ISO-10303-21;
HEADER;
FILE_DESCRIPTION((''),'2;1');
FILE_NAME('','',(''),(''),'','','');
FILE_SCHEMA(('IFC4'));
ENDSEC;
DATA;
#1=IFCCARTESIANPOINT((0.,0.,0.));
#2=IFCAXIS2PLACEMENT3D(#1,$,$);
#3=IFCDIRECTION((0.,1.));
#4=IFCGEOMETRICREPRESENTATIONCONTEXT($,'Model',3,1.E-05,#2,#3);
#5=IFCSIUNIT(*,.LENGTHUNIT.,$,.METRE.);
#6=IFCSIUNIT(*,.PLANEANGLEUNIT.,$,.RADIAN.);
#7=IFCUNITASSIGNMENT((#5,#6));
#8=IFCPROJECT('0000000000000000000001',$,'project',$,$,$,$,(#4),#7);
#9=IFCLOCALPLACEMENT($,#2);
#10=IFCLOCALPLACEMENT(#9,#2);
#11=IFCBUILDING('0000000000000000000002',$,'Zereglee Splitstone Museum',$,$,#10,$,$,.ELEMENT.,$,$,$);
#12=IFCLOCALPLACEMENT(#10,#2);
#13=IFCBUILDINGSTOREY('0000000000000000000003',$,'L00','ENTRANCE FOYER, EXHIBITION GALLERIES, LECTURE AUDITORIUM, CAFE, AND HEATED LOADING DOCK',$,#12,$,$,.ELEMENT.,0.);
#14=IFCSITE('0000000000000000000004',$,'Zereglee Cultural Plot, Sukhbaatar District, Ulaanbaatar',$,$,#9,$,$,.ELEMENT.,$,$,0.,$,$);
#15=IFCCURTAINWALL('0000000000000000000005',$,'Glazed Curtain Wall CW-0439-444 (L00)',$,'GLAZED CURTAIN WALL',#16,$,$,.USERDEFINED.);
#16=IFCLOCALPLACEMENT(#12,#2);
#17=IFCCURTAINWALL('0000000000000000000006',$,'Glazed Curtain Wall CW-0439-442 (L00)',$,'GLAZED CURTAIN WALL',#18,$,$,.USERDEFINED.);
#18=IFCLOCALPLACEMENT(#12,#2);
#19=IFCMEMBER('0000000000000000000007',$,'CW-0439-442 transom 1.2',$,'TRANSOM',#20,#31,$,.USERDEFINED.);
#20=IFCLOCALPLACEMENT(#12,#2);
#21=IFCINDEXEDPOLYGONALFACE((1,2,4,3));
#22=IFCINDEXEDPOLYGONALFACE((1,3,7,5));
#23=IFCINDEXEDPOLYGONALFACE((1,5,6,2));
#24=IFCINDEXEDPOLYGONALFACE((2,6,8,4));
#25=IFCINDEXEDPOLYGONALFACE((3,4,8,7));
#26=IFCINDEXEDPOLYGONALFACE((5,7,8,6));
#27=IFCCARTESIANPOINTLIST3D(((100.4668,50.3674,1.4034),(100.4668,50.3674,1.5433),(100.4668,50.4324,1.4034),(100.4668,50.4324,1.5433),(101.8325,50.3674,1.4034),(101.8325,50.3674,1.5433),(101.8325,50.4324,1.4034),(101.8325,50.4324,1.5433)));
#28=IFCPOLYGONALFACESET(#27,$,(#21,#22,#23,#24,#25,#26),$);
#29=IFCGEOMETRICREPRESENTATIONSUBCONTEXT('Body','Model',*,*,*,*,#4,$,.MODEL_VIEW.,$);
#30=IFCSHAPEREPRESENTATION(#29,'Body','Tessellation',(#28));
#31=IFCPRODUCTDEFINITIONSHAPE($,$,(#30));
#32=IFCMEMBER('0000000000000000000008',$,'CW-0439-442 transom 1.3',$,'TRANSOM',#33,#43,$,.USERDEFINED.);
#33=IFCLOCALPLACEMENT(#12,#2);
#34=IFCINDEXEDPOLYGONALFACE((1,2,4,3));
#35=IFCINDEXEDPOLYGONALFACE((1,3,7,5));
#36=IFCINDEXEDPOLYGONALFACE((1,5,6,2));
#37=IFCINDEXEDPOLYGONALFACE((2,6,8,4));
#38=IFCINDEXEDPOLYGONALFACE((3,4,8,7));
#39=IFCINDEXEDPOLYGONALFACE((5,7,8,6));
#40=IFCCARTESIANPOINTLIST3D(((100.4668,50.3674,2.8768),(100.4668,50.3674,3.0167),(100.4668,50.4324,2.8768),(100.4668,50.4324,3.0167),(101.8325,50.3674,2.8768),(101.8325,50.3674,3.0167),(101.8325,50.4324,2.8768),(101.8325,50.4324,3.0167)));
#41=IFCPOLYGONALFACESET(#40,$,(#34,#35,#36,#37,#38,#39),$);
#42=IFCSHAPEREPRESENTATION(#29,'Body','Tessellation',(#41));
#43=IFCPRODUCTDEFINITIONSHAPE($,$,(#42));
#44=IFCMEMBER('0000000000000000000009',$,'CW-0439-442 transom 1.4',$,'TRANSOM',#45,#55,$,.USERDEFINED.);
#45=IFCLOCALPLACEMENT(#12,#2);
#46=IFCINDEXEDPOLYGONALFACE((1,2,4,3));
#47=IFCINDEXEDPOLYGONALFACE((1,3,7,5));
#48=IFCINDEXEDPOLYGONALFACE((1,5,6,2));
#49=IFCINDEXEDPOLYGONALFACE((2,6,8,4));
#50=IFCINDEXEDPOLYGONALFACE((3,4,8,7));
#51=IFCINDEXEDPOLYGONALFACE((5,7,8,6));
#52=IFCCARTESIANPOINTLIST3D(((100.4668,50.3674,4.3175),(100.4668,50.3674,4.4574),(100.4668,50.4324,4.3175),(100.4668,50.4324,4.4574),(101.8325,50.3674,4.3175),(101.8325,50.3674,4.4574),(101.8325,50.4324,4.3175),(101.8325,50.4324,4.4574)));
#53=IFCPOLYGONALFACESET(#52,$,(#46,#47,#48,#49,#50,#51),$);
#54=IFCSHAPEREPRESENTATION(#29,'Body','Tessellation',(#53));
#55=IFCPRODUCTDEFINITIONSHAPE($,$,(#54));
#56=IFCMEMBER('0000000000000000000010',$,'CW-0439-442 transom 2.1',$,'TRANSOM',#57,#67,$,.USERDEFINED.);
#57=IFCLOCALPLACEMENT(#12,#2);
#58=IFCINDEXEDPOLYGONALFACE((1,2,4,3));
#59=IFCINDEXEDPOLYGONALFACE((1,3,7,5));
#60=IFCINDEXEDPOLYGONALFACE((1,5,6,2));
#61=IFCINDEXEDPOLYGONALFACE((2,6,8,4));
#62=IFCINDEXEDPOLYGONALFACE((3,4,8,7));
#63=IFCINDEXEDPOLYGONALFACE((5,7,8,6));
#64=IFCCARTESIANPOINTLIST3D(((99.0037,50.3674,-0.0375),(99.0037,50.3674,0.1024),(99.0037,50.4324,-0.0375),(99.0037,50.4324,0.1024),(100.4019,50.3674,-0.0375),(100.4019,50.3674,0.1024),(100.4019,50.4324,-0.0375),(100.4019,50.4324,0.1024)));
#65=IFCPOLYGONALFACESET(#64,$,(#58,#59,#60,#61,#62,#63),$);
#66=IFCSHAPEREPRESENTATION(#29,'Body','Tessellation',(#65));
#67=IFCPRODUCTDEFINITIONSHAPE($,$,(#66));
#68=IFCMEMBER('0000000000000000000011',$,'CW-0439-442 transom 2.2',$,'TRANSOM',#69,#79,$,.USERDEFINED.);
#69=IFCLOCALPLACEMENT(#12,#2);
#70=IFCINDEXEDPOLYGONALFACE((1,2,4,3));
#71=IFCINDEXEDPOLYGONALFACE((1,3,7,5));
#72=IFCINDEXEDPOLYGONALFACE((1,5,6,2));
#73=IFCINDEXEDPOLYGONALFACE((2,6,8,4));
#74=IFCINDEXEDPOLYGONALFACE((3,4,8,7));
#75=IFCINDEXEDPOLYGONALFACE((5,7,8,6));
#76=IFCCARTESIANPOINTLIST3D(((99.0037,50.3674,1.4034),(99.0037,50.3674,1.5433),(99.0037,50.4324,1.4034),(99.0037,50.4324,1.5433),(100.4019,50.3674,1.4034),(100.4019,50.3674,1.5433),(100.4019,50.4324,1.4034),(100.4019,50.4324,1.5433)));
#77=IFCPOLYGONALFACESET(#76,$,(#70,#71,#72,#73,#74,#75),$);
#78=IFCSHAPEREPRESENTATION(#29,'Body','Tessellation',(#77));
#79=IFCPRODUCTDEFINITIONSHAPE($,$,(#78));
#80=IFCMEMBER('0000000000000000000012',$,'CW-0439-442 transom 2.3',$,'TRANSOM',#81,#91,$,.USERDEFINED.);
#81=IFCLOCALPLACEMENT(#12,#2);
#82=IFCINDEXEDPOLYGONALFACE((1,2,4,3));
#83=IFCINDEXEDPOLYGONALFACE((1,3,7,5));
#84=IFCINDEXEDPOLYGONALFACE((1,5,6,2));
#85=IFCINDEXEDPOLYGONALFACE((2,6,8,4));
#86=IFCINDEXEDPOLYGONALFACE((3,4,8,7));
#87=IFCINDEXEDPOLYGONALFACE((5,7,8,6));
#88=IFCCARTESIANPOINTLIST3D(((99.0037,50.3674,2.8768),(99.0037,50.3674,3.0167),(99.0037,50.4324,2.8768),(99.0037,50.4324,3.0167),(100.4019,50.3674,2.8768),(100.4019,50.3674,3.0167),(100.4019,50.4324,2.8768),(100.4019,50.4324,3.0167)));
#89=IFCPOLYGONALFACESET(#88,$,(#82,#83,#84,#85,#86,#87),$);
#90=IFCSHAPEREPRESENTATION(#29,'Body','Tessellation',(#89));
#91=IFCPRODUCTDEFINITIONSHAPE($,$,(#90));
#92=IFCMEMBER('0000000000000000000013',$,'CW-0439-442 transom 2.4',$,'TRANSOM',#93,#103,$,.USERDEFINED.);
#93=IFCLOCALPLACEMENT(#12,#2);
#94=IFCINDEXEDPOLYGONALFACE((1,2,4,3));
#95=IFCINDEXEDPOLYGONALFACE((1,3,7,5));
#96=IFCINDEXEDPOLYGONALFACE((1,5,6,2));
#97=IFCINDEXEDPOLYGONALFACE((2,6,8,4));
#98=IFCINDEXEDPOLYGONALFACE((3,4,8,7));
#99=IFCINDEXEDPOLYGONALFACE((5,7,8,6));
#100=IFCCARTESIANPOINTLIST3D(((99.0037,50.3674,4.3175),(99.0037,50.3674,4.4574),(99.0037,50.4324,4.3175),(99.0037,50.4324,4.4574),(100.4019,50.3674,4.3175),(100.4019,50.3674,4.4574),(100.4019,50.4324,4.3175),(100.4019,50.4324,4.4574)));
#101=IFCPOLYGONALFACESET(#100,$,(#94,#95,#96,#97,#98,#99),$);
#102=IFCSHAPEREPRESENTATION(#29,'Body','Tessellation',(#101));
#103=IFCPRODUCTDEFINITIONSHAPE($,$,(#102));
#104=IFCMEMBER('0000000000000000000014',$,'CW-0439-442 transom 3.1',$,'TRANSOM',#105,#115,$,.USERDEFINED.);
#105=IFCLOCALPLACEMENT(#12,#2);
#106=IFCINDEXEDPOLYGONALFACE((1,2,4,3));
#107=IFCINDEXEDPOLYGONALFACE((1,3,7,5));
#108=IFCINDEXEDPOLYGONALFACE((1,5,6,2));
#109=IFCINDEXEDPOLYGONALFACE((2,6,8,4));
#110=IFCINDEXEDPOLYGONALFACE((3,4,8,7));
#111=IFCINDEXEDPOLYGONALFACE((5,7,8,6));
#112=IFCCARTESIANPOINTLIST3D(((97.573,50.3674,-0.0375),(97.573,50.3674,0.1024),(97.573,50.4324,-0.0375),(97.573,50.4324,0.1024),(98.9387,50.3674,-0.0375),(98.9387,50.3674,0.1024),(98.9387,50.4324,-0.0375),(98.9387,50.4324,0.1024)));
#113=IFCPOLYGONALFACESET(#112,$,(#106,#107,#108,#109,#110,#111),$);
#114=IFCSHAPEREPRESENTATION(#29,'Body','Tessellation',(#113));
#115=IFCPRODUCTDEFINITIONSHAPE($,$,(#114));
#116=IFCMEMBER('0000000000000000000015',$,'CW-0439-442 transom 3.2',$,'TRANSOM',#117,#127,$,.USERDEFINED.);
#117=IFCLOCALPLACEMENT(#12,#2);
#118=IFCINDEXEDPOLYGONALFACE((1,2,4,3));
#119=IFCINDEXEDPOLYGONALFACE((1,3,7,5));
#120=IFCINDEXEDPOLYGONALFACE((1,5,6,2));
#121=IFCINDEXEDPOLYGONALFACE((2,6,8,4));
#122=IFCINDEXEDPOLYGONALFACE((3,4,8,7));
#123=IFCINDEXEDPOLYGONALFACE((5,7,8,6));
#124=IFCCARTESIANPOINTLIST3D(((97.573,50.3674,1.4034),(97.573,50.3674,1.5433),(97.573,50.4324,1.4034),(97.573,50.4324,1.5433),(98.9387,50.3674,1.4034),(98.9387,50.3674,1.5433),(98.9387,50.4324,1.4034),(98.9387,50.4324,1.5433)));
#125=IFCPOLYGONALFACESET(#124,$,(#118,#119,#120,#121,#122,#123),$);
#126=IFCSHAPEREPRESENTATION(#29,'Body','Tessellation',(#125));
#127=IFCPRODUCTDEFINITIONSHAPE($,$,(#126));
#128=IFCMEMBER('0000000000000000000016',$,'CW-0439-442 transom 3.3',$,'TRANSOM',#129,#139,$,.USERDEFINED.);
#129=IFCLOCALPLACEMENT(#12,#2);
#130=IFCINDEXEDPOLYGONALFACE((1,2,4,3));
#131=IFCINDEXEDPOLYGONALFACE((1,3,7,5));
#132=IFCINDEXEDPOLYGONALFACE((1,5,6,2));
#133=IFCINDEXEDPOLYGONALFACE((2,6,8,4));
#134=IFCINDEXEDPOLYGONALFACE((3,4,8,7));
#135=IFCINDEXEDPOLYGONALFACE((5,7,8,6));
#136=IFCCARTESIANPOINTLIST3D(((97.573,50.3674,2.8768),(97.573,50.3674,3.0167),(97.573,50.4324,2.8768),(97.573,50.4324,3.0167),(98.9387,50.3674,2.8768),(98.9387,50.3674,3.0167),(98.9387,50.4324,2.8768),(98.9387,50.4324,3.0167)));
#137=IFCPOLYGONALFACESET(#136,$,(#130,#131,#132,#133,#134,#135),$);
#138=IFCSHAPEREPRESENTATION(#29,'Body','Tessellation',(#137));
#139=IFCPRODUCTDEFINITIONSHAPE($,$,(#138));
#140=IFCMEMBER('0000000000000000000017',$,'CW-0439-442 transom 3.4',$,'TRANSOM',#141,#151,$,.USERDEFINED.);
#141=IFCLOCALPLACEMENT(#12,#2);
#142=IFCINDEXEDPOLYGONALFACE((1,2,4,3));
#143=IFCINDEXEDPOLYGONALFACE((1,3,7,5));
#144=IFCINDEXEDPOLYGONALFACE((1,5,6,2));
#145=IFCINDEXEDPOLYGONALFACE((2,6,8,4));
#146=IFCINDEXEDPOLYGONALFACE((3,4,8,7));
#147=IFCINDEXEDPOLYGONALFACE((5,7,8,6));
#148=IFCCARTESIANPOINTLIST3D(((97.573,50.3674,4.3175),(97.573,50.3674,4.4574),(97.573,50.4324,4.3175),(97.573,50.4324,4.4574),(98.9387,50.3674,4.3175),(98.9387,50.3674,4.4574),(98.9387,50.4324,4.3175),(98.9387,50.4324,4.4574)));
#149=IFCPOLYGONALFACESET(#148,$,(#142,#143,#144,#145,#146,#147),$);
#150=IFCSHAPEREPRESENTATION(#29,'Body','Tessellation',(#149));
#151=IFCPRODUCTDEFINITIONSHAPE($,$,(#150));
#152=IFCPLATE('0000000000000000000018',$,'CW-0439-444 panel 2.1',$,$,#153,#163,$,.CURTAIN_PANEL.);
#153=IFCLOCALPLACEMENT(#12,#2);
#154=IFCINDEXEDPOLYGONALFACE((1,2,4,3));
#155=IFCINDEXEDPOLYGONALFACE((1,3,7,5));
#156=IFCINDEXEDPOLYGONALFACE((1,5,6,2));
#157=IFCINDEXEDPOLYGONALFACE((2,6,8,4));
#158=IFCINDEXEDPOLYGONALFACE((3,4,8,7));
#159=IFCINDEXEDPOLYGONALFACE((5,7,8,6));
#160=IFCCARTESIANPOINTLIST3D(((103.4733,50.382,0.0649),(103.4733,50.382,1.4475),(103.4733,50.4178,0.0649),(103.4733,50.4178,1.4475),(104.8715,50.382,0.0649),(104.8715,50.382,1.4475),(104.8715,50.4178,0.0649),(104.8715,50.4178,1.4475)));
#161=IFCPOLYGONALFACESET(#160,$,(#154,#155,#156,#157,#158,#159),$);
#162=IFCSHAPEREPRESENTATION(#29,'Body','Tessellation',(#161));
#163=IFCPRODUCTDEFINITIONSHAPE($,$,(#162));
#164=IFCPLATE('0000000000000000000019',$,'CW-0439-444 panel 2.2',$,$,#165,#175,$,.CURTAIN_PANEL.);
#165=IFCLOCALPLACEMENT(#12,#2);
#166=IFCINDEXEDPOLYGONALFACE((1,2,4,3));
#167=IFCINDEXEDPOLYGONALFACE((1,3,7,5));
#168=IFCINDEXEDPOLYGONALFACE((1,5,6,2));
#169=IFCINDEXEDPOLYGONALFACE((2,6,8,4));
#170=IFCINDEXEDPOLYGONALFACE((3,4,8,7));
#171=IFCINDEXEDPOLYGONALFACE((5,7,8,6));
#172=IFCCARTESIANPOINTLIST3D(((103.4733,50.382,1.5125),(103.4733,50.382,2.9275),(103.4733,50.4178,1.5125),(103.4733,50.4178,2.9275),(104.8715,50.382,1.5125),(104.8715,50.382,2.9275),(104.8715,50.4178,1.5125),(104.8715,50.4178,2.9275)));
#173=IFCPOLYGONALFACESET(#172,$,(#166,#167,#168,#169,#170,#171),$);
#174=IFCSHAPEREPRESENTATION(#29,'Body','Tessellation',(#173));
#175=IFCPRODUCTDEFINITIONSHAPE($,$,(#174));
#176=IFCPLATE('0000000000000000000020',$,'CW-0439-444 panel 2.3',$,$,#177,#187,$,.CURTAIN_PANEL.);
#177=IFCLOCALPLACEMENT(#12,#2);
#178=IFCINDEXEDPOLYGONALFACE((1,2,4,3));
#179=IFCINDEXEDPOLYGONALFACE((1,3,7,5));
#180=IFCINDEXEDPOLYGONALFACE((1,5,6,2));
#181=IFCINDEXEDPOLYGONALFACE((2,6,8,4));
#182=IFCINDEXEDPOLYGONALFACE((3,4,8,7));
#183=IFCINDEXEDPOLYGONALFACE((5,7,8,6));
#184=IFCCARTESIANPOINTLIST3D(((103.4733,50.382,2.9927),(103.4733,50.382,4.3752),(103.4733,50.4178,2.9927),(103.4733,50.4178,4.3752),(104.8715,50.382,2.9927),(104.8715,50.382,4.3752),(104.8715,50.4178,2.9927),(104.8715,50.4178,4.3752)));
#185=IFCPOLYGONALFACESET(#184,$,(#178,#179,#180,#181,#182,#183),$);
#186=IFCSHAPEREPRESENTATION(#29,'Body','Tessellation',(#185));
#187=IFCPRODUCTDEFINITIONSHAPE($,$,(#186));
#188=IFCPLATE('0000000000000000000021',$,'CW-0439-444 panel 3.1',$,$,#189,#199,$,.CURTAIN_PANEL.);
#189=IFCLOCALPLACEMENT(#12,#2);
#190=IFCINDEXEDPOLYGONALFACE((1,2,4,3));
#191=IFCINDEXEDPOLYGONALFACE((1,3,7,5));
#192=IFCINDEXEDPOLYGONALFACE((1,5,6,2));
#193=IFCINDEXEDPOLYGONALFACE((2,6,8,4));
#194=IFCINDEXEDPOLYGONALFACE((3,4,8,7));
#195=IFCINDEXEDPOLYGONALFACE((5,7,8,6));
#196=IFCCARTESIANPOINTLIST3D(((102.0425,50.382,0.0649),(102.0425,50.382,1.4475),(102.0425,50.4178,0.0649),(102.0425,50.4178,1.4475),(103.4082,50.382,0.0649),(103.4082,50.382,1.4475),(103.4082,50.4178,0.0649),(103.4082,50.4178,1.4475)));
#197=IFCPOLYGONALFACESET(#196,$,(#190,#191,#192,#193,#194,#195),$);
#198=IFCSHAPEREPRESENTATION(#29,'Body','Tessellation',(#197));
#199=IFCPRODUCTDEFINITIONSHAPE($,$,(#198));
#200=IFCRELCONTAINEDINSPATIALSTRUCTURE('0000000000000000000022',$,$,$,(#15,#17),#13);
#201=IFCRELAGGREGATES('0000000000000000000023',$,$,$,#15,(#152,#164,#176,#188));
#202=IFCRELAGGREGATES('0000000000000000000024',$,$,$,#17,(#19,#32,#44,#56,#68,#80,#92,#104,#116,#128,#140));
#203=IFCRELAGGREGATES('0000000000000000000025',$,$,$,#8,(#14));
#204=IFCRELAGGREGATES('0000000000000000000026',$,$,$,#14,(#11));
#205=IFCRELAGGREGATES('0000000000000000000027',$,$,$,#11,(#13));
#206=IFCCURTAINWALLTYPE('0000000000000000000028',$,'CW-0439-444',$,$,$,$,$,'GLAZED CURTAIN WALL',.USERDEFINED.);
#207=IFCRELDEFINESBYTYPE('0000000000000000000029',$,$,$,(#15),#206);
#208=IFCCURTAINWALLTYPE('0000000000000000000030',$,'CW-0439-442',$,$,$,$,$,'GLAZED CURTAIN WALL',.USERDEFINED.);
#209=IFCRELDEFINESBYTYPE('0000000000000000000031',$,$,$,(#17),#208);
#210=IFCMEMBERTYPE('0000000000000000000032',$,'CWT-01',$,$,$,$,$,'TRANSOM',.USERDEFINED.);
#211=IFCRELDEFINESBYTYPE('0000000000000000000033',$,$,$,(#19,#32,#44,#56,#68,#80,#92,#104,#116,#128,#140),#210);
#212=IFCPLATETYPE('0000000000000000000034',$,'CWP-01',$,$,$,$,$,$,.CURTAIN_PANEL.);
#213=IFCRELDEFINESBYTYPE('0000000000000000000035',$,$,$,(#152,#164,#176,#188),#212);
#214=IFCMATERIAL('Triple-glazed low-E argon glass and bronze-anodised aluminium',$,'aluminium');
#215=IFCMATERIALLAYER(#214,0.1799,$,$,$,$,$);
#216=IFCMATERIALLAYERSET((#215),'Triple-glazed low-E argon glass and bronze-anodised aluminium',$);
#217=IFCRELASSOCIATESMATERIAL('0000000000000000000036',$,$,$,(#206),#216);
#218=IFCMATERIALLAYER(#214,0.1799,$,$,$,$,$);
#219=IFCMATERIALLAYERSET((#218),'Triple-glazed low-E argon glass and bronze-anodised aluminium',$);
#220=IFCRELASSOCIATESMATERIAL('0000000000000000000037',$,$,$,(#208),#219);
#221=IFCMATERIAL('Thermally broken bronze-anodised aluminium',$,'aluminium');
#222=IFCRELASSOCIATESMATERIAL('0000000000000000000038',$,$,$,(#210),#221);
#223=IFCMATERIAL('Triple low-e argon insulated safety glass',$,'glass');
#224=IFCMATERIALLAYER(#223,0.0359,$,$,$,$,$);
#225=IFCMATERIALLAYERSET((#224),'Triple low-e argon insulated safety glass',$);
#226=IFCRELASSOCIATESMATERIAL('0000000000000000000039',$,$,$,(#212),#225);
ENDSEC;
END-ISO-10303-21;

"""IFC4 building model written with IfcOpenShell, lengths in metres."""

from ifc_helpers import new_model, si_unit, direction, frame, origin, origin_2d, place, context, subcontext, project, spatial, rectangle, extrude, material, layer, layer_set, material_profile, profile_set, type_object, element, aggregate, save


model = new_model("IFC4")

# Units and contexts
model_context = context("Model", 3, precision=1e-05, world=origin(), true_north=direction((0.0, 1.0)))
body_context = subcontext(model_context, "Body", "Model", "MODEL_VIEW")
ifc_project = project(units=[si_unit("LENGTHUNIT", "METRE"), si_unit("PLANEANGLEUNIT", "RADIAN")], contexts=[model_context])

# Site, building, storey
site_placement = place(None, origin())
site = spatial("IfcSite", under=ifc_project, at=site_placement, Name="Zereglee Cultural Plot, Sukhbaatar District, Ulaanbaatar", CompositionType="ELEMENT", RefElevation=0.0)
building_placement = place(site_placement, origin())
building = spatial("IfcBuilding", under=site, at=building_placement, Name="Zereglee Splitstone Museum", CompositionType="ELEMENT")
storey_placement = place(building_placement, origin())
storey = spatial("IfcBuildingStorey", under=building, at=storey_placement, Name="L00", Description="ENTRANCE FOYER, EXHIBITION GALLERIES, LECTURE AUDITORIUM, CAFE, AND HEATED LOADING DOCK", CompositionType="ELEMENT", Elevation=0.0)

# Curtain walls
ifc_material_1 = material(Name="Triple-glazed low-E argon glass and bronze-anodised aluminium", Category="aluminium")
ifc_layer_1 = layer(ifc_material_1, 0.1799)
ifc_layer_set_1 = layer_set([ifc_layer_1], Name="Triple-glazed low-E argon glass and bronze-anodised aluminium")
curtain_wall_type_1 = type_object("IfcCurtainWallType", Name="CW-0439-444", ElementType="GLAZED CURTAIN WALL", PredefinedType="USERDEFINED", material=ifc_layer_set_1)
curtain_wall_1_placement = place(storey_placement, origin())
curtain_wall_1 = element("IfcCurtainWall", 1, at=curtain_wall_1_placement, inside=storey, type_object=curtain_wall_type_1, Name="Glazed Curtain Wall CW-0439-444 (L00)", ObjectType="GLAZED CURTAIN WALL", PredefinedType="USERDEFINED")
ifc_material_2 = material(Name="Thermally broken bronze-anodised aluminium", Category="aluminium")
ifc_layer_2 = layer(ifc_material_1, 0.1799)
ifc_layer_set_2 = layer_set([ifc_layer_2], Name="Triple-glazed low-E argon glass and bronze-anodised aluminium")
curtain_wall_type_2 = type_object("IfcCurtainWallType", Name="CW-0439-442", ElementType="GLAZED CURTAIN WALL", PredefinedType="USERDEFINED", material=ifc_layer_set_2)
curtain_wall_2_placement = place(storey_placement, origin())
curtain_wall_2 = element("IfcCurtainWall", 2, at=curtain_wall_2_placement, inside=storey, type_object=curtain_wall_type_2, Name="Glazed Curtain Wall CW-0439-442 (L00)", ObjectType="GLAZED CURTAIN WALL", PredefinedType="USERDEFINED")

# Members
ifc_material_profile_1 = material_profile(ifc_material_2, rectangle(XDim=0.0649, YDim=0.1399, at=origin_2d()), Name="CW TRAN 65x140")
ifc_profile_set_1 = profile_set([ifc_material_profile_1], Name="Thermally broken bronze-anodised aluminium")
member_type_1 = type_object("IfcMemberType", Name="CWT-01", ElementType="TRANSOM", PredefinedType="USERDEFINED", material=ifc_profile_set_1)
member_1_placement = place(storey_placement, frame((101.8325, 50.3999, 1.4734), z_axis=(-1.0, 0.0, 0.0), x_axis=(0.0, -1.0, 0.0)))
member_1 = element("IfcMember", 3, at=member_1_placement, type_object=member_type_1, Name="CW-0439-442 transom 1.2", ObjectType="TRANSOM", PredefinedType="USERDEFINED", context=body_context, shape_type="SweptSolid", body=[
    extrude(rectangle(XDim=0.0649, YDim=0.1399, at=origin_2d()), origin(), (0.0, 0.0, 1.0), 1.3657),
])
member_2_placement = place(storey_placement, frame((101.8325, 50.3999, 2.9468), z_axis=(-1.0, 0.0, 0.0), x_axis=(0.0, -1.0, 0.0)))
member_2 = element("IfcMember", 4, at=member_2_placement, type_object=member_type_1, Name="CW-0439-442 transom 1.3", ObjectType="TRANSOM", PredefinedType="USERDEFINED", context=body_context, shape_type="SweptSolid", body=[
    extrude(rectangle(XDim=0.0649, YDim=0.1399, at=origin_2d()), origin(), (0.0, 0.0, 1.0), 1.3657),
])
member_3_placement = place(storey_placement, frame((101.8325, 50.3999, 4.3875), z_axis=(-1.0, 0.0, 0.0), x_axis=(0.0, -1.0, 0.0)))
member_3 = element("IfcMember", 5, at=member_3_placement, type_object=member_type_1, Name="CW-0439-442 transom 1.4", ObjectType="TRANSOM", PredefinedType="USERDEFINED", context=body_context, shape_type="SweptSolid", body=[
    extrude(rectangle(XDim=0.0649, YDim=0.1399, at=origin_2d()), origin(), (0.0, 0.0, 1.0), 1.3657),
])
member_4_placement = place(storey_placement, frame((100.4019, 50.3999, 0.0325), z_axis=(-1.0, 0.0, 0.0), x_axis=(0.0, -1.0, 0.0)))
member_4 = element("IfcMember", 6, at=member_4_placement, type_object=member_type_1, Name="CW-0439-442 transom 2.1", ObjectType="TRANSOM", PredefinedType="USERDEFINED", context=body_context, shape_type="SweptSolid", body=[
    extrude(rectangle(XDim=0.0649, YDim=0.1399, at=origin_2d()), origin(), (0.0, 0.0, 1.0), 1.3982),
])
member_5_placement = place(storey_placement, frame((100.4019, 50.3999, 1.4734), z_axis=(-1.0, 0.0, 0.0), x_axis=(0.0, -1.0, 0.0)))
member_5 = element("IfcMember", 7, at=member_5_placement, type_object=member_type_1, Name="CW-0439-442 transom 2.2", ObjectType="TRANSOM", PredefinedType="USERDEFINED", context=body_context, shape_type="SweptSolid", body=[
    extrude(rectangle(XDim=0.0649, YDim=0.1399, at=origin_2d()), origin(), (0.0, 0.0, 1.0), 1.3982),
])
member_6_placement = place(storey_placement, frame((100.4019, 50.3999, 2.9468), z_axis=(-1.0, 0.0, 0.0), x_axis=(0.0, -1.0, 0.0)))
member_6 = element("IfcMember", 8, at=member_6_placement, type_object=member_type_1, Name="CW-0439-442 transom 2.3", ObjectType="TRANSOM", PredefinedType="USERDEFINED", context=body_context, shape_type="SweptSolid", body=[
    extrude(rectangle(XDim=0.0649, YDim=0.1399, at=origin_2d()), origin(), (0.0, 0.0, 1.0), 1.3982),
])
member_7_placement = place(storey_placement, frame((100.4019, 50.3999, 4.3875), z_axis=(-1.0, 0.0, 0.0), x_axis=(0.0, -1.0, 0.0)))
member_7 = element("IfcMember", 9, at=member_7_placement, type_object=member_type_1, Name="CW-0439-442 transom 2.4", ObjectType="TRANSOM", PredefinedType="USERDEFINED", context=body_context, shape_type="SweptSolid", body=[
    extrude(rectangle(XDim=0.0649, YDim=0.1399, at=origin_2d()), origin(), (0.0, 0.0, 1.0), 1.3982),
])
member_8_placement = place(storey_placement, frame((98.9387, 50.3999, 0.0325), z_axis=(-1.0, 0.0, 0.0), x_axis=(0.0, -1.0, 0.0)))
member_8 = element("IfcMember", 10, at=member_8_placement, type_object=member_type_1, Name="CW-0439-442 transom 3.1", ObjectType="TRANSOM", PredefinedType="USERDEFINED", context=body_context, shape_type="SweptSolid", body=[
    extrude(rectangle(XDim=0.0649, YDim=0.1399, at=origin_2d()), origin(), (0.0, 0.0, 1.0), 1.3657),
])
member_9_placement = place(storey_placement, frame((98.9387, 50.3999, 1.4734), z_axis=(-1.0, 0.0, 0.0), x_axis=(0.0, -1.0, 0.0)))
member_9 = element("IfcMember", 11, at=member_9_placement, type_object=member_type_1, Name="CW-0439-442 transom 3.2", ObjectType="TRANSOM", PredefinedType="USERDEFINED", context=body_context, shape_type="SweptSolid", body=[
    extrude(rectangle(XDim=0.0649, YDim=0.1399, at=origin_2d()), origin(), (0.0, 0.0, 1.0), 1.3657),
])
member_10_placement = place(storey_placement, frame((98.9387, 50.3999, 2.9468), z_axis=(-1.0, 0.0, 0.0), x_axis=(0.0, -1.0, 0.0)))
member_10 = element("IfcMember", 12, at=member_10_placement, type_object=member_type_1, Name="CW-0439-442 transom 3.3", ObjectType="TRANSOM", PredefinedType="USERDEFINED", context=body_context, shape_type="SweptSolid", body=[
    extrude(rectangle(XDim=0.0649, YDim=0.1399, at=origin_2d()), origin(), (0.0, 0.0, 1.0), 1.3657),
])
member_11_placement = place(storey_placement, frame((98.9387, 50.3999, 4.3875), z_axis=(-1.0, 0.0, 0.0), x_axis=(0.0, -1.0, 0.0)))
member_11 = element("IfcMember", 13, at=member_11_placement, type_object=member_type_1, Name="CW-0439-442 transom 3.4", ObjectType="TRANSOM", PredefinedType="USERDEFINED", context=body_context, shape_type="SweptSolid", body=[
    extrude(rectangle(XDim=0.0649, YDim=0.1399, at=origin_2d()), origin(), (0.0, 0.0, 1.0), 1.3657),
])

# Plates
ifc_material_3 = material(Name="Triple low-e argon insulated safety glass", Category="glass")
ifc_layer_3 = layer(ifc_material_3, 0.0359)
ifc_layer_set_3 = layer_set([ifc_layer_3], Name="Triple low-e argon insulated safety glass")
plate_type = type_object("IfcPlateType", Name="CWP-01", PredefinedType="CURTAIN_PANEL", material=ifc_layer_set_3)
plate_1_placement = place(storey_placement, frame((104.1724, 50.3999, 0.0649), z_axis=(0.0, 0.0, 1.0), x_axis=(-1.0, 0.0, 0.0)))
plate_1 = element("IfcPlate", 14, at=plate_1_placement, type_object=plate_type, Name="CW-0439-444 panel 2.1", PredefinedType="CURTAIN_PANEL", context=body_context, shape_type="SweptSolid", body=[
    extrude(rectangle(XDim=1.3982, YDim=0.0359, at=origin_2d()), origin(), (0.0, 0.0, 1.0), 1.3826),
])
plate_2_placement = place(storey_placement, frame((104.1724, 50.3999, 1.5125), z_axis=(0.0, 0.0, 1.0), x_axis=(-1.0, 0.0, 0.0)))
plate_2 = element("IfcPlate", 15, at=plate_2_placement, type_object=plate_type, Name="CW-0439-444 panel 2.2", PredefinedType="CURTAIN_PANEL", context=body_context, shape_type="SweptSolid", body=[
    extrude(rectangle(XDim=1.3982, YDim=0.0359, at=origin_2d()), origin(), (0.0, 0.0, 1.0), 1.415),
])
plate_3_placement = place(storey_placement, frame((104.1724, 50.3999, 2.9927), z_axis=(0.0, 0.0, 1.0), x_axis=(-1.0, 0.0, 0.0)))
plate_3 = element("IfcPlate", 16, at=plate_3_placement, type_object=plate_type, Name="CW-0439-444 panel 2.3", PredefinedType="CURTAIN_PANEL", context=body_context, shape_type="SweptSolid", body=[
    extrude(rectangle(XDim=1.3982, YDim=0.0359, at=origin_2d()), origin(), (0.0, 0.0, 1.0), 1.3826),
])
plate_4_placement = place(storey_placement, frame((102.7253, 50.3999, 0.0649), z_axis=(0.0, 0.0, 1.0), x_axis=(-1.0, 0.0, 0.0)))
plate_4 = element("IfcPlate", 17, at=plate_4_placement, type_object=plate_type, Name="CW-0439-444 panel 3.1", PredefinedType="CURTAIN_PANEL", context=body_context, shape_type="SweptSolid", body=[
    extrude(rectangle(XDim=1.3657, YDim=0.0359, at=origin_2d()), origin(), (0.0, 0.0, 1.0), 1.3826),
])
aggregate(curtain_wall_1, [plate_1, plate_2, plate_3, plate_4])
aggregate(curtain_wall_2, [member_1, member_2, member_3, member_4, member_5, member_6, member_7, member_8, member_9, member_10, member_11])

save(model, "model.ifc")
